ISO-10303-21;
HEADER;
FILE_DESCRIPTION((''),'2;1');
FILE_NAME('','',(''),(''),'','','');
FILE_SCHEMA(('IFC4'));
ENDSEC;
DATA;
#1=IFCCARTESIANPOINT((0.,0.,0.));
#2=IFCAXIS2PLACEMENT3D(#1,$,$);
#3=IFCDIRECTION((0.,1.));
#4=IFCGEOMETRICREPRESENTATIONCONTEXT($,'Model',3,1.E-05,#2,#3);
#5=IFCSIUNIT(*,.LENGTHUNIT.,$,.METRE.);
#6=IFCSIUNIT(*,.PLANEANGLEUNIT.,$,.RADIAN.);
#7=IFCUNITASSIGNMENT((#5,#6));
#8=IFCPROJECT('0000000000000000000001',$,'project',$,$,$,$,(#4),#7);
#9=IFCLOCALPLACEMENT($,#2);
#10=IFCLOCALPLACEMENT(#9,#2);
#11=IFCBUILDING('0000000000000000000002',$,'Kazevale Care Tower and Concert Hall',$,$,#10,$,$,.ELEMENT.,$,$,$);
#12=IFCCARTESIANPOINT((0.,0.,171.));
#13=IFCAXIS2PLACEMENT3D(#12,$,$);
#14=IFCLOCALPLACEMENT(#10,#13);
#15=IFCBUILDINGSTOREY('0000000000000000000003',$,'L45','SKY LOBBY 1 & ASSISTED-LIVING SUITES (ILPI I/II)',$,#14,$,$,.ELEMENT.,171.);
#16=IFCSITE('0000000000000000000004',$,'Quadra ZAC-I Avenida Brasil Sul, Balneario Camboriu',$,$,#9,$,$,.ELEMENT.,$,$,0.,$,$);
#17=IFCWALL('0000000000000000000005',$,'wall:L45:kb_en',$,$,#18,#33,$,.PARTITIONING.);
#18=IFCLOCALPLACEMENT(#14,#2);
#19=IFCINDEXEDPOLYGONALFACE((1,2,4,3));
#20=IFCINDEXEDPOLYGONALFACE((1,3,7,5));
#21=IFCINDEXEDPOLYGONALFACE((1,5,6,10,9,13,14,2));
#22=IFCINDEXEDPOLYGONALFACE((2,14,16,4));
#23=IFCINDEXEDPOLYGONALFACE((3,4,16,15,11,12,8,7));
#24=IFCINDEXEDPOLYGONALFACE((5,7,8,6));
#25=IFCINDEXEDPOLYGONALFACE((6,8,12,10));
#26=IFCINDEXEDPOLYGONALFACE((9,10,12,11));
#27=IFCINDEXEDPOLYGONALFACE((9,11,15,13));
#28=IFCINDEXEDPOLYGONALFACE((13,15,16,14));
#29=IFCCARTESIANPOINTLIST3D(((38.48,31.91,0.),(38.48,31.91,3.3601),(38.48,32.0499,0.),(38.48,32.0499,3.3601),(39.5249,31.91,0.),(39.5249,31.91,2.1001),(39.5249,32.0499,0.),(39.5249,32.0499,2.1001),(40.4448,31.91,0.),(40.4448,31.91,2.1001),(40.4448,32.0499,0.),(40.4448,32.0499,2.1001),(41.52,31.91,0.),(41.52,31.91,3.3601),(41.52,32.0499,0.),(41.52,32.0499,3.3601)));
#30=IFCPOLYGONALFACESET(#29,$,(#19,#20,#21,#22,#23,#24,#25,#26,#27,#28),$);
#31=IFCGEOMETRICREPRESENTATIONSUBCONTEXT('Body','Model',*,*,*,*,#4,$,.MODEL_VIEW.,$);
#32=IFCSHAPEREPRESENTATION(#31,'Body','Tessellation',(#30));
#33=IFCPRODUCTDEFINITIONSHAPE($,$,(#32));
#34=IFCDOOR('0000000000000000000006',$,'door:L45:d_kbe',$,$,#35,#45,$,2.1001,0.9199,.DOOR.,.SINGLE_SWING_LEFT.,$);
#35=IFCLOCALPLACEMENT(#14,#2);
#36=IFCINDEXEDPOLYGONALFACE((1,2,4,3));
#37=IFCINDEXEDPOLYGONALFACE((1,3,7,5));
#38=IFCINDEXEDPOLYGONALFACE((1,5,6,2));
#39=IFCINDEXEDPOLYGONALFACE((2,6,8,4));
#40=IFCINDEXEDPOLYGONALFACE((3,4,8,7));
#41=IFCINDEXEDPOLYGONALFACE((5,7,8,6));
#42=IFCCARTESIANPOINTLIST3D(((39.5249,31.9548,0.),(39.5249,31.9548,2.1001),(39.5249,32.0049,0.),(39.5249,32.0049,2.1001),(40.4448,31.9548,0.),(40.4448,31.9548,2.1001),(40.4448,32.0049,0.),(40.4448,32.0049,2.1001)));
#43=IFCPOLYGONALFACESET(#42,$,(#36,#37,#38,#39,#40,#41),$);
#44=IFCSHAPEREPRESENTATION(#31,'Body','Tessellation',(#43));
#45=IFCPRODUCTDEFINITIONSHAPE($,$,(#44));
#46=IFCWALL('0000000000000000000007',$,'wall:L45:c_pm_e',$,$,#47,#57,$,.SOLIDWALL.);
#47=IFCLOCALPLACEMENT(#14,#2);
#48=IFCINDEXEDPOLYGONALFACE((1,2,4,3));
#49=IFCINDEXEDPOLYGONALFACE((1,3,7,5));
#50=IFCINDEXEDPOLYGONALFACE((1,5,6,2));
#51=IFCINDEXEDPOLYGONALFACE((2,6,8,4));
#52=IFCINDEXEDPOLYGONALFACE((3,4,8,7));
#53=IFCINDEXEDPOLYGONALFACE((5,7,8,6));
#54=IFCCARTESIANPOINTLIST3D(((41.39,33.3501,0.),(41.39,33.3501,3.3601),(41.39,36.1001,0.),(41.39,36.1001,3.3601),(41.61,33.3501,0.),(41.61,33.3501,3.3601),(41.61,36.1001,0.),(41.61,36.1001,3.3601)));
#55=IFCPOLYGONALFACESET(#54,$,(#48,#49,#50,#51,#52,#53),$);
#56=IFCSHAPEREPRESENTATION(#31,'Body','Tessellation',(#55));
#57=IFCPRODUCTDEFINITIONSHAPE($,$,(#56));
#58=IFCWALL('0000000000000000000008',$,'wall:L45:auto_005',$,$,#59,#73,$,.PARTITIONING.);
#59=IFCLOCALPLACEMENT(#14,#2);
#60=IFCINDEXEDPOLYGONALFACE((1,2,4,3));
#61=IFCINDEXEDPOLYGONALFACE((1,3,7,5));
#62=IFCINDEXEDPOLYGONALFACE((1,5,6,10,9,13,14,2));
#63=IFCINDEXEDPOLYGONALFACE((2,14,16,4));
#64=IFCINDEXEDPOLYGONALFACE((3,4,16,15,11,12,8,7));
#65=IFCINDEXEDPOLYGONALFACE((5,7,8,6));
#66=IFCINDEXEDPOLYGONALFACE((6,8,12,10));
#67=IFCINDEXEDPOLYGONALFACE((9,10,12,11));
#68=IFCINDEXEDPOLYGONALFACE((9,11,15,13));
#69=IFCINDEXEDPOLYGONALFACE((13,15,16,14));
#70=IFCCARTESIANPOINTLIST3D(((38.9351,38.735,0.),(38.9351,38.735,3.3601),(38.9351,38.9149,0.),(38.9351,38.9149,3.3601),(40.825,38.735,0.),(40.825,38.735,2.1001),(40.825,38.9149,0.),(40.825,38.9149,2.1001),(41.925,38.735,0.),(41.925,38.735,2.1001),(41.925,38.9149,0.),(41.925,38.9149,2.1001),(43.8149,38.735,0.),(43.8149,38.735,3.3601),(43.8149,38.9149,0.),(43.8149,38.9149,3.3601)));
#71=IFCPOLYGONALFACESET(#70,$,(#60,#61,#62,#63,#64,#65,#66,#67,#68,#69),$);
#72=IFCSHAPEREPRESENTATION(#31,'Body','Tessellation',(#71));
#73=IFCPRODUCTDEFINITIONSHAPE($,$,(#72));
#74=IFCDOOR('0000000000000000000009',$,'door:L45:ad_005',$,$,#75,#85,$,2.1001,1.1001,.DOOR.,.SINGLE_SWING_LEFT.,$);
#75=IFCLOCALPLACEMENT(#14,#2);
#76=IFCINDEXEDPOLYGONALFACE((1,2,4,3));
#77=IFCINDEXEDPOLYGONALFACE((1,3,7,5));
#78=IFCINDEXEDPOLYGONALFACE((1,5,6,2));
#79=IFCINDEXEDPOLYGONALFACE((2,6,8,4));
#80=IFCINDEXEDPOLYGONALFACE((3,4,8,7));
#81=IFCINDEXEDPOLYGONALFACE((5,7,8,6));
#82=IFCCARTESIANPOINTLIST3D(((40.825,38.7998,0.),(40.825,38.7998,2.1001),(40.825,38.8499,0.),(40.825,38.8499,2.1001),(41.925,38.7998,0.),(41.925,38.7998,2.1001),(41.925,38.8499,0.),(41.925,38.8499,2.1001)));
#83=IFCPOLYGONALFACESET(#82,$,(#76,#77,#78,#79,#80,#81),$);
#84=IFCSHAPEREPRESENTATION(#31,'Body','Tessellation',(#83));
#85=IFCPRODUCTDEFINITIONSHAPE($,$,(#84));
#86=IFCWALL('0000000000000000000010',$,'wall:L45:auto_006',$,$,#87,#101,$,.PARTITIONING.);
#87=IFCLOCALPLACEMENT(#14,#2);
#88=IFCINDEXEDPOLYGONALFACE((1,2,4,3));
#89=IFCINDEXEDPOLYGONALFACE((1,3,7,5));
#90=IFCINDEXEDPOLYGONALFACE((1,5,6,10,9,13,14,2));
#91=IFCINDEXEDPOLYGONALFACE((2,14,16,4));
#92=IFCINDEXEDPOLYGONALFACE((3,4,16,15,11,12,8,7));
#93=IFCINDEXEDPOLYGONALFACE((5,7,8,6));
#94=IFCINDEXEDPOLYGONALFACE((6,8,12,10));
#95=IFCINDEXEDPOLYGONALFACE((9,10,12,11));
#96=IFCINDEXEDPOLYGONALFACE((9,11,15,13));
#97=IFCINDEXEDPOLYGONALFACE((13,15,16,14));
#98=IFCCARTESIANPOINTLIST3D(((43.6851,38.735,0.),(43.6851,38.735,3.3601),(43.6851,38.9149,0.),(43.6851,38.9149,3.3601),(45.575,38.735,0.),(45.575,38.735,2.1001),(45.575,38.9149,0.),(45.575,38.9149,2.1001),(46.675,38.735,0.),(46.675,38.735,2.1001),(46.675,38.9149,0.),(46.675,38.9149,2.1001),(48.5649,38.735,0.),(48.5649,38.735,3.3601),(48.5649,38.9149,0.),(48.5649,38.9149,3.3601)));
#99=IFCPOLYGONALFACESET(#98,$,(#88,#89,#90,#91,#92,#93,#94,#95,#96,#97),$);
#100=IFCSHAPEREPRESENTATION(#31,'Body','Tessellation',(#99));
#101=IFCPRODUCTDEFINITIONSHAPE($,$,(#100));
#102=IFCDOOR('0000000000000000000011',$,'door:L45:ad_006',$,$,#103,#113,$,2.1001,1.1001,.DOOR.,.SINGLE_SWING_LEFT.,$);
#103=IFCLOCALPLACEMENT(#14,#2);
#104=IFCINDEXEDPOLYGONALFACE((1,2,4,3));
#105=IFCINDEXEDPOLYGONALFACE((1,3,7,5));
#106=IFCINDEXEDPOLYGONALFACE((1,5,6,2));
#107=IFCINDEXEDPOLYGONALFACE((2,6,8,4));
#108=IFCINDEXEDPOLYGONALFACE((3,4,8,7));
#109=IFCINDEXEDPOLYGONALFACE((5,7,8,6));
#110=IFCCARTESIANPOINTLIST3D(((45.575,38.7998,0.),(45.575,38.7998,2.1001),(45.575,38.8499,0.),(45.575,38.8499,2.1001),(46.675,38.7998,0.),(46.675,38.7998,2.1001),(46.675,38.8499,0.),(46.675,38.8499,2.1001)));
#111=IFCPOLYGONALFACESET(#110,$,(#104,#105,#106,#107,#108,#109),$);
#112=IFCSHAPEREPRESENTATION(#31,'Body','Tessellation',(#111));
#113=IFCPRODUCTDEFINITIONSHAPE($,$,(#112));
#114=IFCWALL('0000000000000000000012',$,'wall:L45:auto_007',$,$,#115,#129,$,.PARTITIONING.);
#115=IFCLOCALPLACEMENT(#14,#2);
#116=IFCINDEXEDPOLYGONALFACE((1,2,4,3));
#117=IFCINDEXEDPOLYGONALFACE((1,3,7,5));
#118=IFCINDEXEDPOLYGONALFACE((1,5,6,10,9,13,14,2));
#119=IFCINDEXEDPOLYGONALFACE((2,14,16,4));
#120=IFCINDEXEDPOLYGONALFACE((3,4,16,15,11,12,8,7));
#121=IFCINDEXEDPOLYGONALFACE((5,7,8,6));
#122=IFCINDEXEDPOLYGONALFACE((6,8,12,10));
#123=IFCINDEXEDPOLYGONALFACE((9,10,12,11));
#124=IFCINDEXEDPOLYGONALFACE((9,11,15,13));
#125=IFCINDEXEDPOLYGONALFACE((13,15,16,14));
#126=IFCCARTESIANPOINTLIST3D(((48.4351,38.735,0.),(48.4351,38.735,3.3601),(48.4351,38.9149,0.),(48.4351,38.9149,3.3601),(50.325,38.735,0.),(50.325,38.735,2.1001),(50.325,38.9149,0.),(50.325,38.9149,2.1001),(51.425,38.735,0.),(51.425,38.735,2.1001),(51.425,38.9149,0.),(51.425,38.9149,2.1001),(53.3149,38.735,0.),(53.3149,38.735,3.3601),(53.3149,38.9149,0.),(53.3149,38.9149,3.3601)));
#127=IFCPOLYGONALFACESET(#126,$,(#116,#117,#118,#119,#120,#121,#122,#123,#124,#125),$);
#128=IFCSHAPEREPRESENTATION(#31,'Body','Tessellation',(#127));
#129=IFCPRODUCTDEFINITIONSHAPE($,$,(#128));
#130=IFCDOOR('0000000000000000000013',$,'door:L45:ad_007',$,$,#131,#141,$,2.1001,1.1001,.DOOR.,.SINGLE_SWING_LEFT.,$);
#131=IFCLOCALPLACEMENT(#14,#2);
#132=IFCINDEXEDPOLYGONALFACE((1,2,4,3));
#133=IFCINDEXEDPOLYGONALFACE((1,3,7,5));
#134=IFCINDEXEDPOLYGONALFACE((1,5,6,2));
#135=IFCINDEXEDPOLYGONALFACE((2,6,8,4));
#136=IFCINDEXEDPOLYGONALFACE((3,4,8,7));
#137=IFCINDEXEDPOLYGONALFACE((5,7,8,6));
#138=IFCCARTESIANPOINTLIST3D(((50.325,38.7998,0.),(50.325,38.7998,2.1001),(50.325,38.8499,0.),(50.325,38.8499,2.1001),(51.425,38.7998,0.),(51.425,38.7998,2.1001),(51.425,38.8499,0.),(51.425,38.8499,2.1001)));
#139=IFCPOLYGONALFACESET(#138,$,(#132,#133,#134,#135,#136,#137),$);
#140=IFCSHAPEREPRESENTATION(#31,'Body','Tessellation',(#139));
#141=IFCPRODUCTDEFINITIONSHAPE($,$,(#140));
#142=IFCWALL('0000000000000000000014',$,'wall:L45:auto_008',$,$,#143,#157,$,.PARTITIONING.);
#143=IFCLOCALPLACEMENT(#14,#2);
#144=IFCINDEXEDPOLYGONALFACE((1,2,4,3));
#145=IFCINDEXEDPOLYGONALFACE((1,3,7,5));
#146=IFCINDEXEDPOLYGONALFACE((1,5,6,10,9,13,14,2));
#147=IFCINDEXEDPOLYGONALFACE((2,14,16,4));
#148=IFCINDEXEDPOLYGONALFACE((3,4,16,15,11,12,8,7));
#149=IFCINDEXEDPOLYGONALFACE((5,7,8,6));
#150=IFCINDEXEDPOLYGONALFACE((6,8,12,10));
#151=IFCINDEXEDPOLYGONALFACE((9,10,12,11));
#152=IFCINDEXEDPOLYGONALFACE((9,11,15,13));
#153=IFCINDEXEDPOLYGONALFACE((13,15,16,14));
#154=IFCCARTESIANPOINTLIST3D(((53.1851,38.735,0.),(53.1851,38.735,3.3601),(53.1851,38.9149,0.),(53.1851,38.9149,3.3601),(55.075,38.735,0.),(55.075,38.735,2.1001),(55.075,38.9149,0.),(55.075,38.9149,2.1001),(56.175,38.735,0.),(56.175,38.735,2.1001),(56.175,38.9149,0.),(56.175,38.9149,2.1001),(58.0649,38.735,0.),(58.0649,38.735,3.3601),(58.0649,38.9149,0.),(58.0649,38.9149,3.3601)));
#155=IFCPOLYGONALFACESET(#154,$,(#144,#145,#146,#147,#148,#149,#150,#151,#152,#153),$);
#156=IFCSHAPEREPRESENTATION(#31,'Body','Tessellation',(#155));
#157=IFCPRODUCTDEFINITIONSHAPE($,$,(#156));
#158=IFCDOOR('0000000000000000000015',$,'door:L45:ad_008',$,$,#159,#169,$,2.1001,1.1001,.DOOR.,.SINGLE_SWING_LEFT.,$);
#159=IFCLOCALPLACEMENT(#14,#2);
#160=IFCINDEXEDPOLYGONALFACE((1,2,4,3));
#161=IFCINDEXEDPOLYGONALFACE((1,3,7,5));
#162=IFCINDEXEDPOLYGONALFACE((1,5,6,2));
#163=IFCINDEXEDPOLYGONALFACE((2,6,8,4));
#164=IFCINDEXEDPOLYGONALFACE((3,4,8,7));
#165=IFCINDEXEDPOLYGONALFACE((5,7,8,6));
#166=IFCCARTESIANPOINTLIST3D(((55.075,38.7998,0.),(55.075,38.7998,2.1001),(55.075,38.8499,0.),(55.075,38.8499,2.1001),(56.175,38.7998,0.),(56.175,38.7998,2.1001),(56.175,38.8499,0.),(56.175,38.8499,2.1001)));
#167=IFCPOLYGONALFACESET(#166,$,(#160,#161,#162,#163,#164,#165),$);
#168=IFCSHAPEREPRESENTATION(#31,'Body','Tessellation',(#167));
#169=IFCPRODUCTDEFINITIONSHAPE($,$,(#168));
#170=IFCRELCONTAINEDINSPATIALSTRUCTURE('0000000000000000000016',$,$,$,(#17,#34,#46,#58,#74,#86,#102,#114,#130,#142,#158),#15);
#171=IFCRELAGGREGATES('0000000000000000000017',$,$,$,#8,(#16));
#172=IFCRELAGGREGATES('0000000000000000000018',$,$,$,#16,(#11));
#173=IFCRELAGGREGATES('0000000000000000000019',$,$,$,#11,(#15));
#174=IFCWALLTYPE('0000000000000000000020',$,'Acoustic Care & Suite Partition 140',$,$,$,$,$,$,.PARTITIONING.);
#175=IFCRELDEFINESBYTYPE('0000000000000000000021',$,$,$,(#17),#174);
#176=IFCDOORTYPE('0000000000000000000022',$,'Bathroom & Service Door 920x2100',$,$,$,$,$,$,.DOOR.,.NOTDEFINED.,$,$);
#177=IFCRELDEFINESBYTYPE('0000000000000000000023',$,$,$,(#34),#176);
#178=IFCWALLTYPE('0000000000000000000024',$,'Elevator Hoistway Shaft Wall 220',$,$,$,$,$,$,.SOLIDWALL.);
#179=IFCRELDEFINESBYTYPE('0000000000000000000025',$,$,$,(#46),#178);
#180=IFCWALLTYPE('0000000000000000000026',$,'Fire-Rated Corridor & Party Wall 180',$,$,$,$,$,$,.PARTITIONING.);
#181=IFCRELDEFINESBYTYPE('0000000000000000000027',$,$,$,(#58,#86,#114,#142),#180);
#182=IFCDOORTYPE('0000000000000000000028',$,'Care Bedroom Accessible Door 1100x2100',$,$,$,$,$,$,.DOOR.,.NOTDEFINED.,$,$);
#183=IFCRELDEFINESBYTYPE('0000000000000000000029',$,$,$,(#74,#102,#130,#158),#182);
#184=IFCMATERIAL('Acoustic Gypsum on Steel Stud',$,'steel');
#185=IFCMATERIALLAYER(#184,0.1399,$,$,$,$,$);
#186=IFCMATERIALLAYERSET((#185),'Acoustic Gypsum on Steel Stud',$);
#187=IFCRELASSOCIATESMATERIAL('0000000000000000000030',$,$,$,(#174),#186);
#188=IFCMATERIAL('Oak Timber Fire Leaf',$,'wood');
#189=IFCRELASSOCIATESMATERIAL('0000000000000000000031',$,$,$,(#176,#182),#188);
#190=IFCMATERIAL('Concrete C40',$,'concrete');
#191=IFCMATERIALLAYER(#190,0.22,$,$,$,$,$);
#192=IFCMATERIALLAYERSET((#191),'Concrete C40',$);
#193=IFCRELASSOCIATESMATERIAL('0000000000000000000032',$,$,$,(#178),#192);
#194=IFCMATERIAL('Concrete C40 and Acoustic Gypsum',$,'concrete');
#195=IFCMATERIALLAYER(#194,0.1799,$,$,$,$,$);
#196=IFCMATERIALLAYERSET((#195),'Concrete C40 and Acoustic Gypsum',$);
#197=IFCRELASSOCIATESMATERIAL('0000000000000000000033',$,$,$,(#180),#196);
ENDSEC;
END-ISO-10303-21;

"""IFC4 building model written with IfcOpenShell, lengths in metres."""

from ifc_helpers import new_model, si_unit, direction, frame, frame_2d, origin, place, context, subcontext, project, spatial, rectangle, extrude, material, layer, layer_set, type_object, element, fill, save


model = new_model("IFC4")

# Units and contexts
model_context = context("Model", 3, precision=1e-05, world=origin(), true_north=direction((0.0, 1.0)))
body_context = subcontext(model_context, "Body", "Model", "MODEL_VIEW")
ifc_project = project(units=[si_unit("LENGTHUNIT", "METRE"), si_unit("PLANEANGLEUNIT", "RADIAN")], contexts=[model_context])

# Site, building, storey
site_placement = place(None, origin())
site = spatial("IfcSite", under=ifc_project, at=site_placement, Name="Quadra ZAC-I Avenida Brasil Sul, Balneario Camboriu", CompositionType="ELEMENT", RefElevation=0.0)
building_placement = place(site_placement, origin())
building = spatial("IfcBuilding", under=site, at=building_placement, Name="Kazevale Care Tower and Concert Hall", CompositionType="ELEMENT")
storey_placement = place(building_placement, frame((0.0, 0.0, 171.0)))
storey = spatial("IfcBuildingStorey", under=building, at=storey_placement, Name="L45", Description="SKY LOBBY 1 & ASSISTED-LIVING SUITES (ILPI I/II)", CompositionType="ELEMENT", Elevation=171.0)

# Shared definitions
ifc_material_1 = material(Name="Acoustic Gypsum on Steel Stud", Category="steel")
ifc_layer_1 = layer(ifc_material_1, 0.1399)
ifc_layer_set_1 = layer_set([ifc_layer_1], Name="Acoustic Gypsum on Steel Stud")
wall_type_1 = type_object("IfcWallType", Name="Acoustic Care & Suite Partition 140", PredefinedType="PARTITIONING", material=ifc_layer_set_1)

# Wall, opening, door
wall_1_placement = place(storey_placement, frame((38.48, 31.98, 0.0), z_axis=(0.0, 0.0, 1.0), x_axis=(1.0, 0.0, 0.0)))
wall_1 = element("IfcWall", 1, at=wall_1_placement, inside=storey, type_object=wall_type_1, Name="wall:L45:kb_en", PredefinedType="PARTITIONING", context=body_context, shape_type="SweptSolid", body=[
    extrude(rectangle(XDim=3.04, YDim=0.1399, at=frame_2d((1.52, 0.0))), origin(), (0.0, 0.0, 1.0), 3.3601),
])
opening_1_placement = place(wall_1_placement, frame((1.0449, 0.0, 0.0)))
opening_1 = element("IfcOpeningElement", 2, at=opening_1_placement, cuts=wall_1, PredefinedType="OPENING", context=body_context, shape_type="SweptSolid", body=[
    extrude(rectangle(XDim=0.9199, YDim=2.1001, at=frame_2d((0.46, 1.05))), frame((0.0, 0.0798, 0.0), z_axis=(0.0, -1.0, 0.0), x_axis=(1.0, 0.0, 0.0)), (0.0, 0.0, 1.0), 0.1599),
])
ifc_material_2 = material(Name="Oak Timber Fire Leaf", Category="wood")
door_type_1 = type_object("IfcDoorType", Name="Bathroom & Service Door 920x2100", OperationType="NOTDEFINED", PredefinedType="DOOR", material=ifc_material_2)
door_1_placement = place(opening_1_placement, origin())
door_1 = element("IfcDoor", 3, at=door_1_placement, inside=storey, type_object=door_type_1, Name="door:L45:d_kbe", OperationType="SINGLE_SWING_LEFT", OverallHeight=2.1001, OverallWidth=0.9199, PredefinedType="DOOR", context=body_context, shape_type="SweptSolid", body=[
    extrude(rectangle(XDim=0.9199, YDim=2.1001, at=frame_2d((0.46, 1.05))), frame((0.0, 0.0249, 0.0), z_axis=(0.0, -1.0, 0.0), x_axis=(1.0, 0.0, 0.0)), (0.0, 0.0, 1.0), 0.05),
])
fill(opening_1, door_1)

# Wall
ifc_material_3 = material(Name="Concrete C40", Category="concrete")
ifc_layer_2 = layer(ifc_material_3, 0.22)
ifc_layer_set_2 = layer_set([ifc_layer_2], Name="Concrete C40")
wall_type_2 = type_object("IfcWallType", Name="Elevator Hoistway Shaft Wall 220", PredefinedType="SOLIDWALL", material=ifc_layer_set_2)
wall_2_placement = place(storey_placement, frame((41.5, 33.3501, 0.0), z_axis=(0.0, 0.0, 1.0), x_axis=(0.0, 1.0, 0.0)))
element("IfcWall", 4, at=wall_2_placement, inside=storey, type_object=wall_type_2, Name="wall:L45:c_pm_e", PredefinedType="SOLIDWALL", context=body_context, shape_type="SweptSolid", body=[
    extrude(rectangle(XDim=2.75, YDim=0.22, at=frame_2d((1.375, 0.0))), origin(), (0.0, 0.0, 1.0), 3.3601),
])

# Walls, openings, doors
ifc_material_4 = material(Name="Concrete C40 and Acoustic Gypsum", Category="concrete")
ifc_layer_3 = layer(ifc_material_4, 0.1799)
ifc_layer_set_3 = layer_set([ifc_layer_3], Name="Concrete C40 and Acoustic Gypsum")
wall_type_3 = type_object("IfcWallType", Name="Fire-Rated Corridor & Party Wall 180", PredefinedType="PARTITIONING", material=ifc_layer_set_3)
wall_3_placement = place(storey_placement, frame((38.9351, 38.825, 0.0), z_axis=(0.0, 0.0, 1.0), x_axis=(1.0, 0.0, 0.0)))
wall_3 = element("IfcWall", 5, at=wall_3_placement, inside=storey, type_object=wall_type_3, Name="wall:L45:auto_005", PredefinedType="PARTITIONING", context=body_context, shape_type="SweptSolid", body=[
    extrude(rectangle(XDim=4.8799, YDim=0.1799, at=frame_2d((2.4399, 0.0))), origin(), (0.0, 0.0, 1.0), 3.3601),
])
opening_2_placement = place(wall_3_placement, frame((1.8899, 0.0, 0.0)))
opening_2 = element("IfcOpeningElement", 6, at=opening_2_placement, cuts=wall_3, PredefinedType="OPENING", context=body_context, shape_type="SweptSolid", body=[
    extrude(rectangle(XDim=1.1001, YDim=2.1001, at=frame_2d((0.55, 1.05))), frame((0.0, 0.0999, 0.0), z_axis=(0.0, -1.0, 0.0), x_axis=(1.0, 0.0, 0.0)), (0.0, 0.0, 1.0), 0.2),
])
door_type_2 = type_object("IfcDoorType", Name="Care Bedroom Accessible Door 1100x2100", OperationType="NOTDEFINED", PredefinedType="DOOR", material=ifc_material_2)
door_2_placement = place(opening_2_placement, origin())
door_2 = element("IfcDoor", 7, at=door_2_placement, inside=storey, type_object=door_type_2, Name="door:L45:ad_005", OperationType="SINGLE_SWING_LEFT", OverallHeight=2.1001, OverallWidth=1.1001, PredefinedType="DOOR", context=body_context, shape_type="SweptSolid", body=[
    extrude(rectangle(XDim=1.1001, YDim=2.1001, at=frame_2d((0.55, 1.05))), frame((0.0, 0.0249, 0.0), z_axis=(0.0, -1.0, 0.0), x_axis=(1.0, 0.0, 0.0)), (0.0, 0.0, 1.0), 0.05),
])
fill(opening_2, door_2)
wall_4_placement = place(storey_placement, frame((43.6851, 38.825, 0.0), z_axis=(0.0, 0.0, 1.0), x_axis=(1.0, 0.0, 0.0)))
wall_4 = element("IfcWall", 8, at=wall_4_placement, inside=storey, type_object=wall_type_3, Name="wall:L45:auto_006", PredefinedType="PARTITIONING", context=body_context, shape_type="SweptSolid", body=[
    extrude(rectangle(XDim=4.8799, YDim=0.1799, at=frame_2d((2.4399, 0.0))), origin(), (0.0, 0.0, 1.0), 3.3601),
])
opening_3_placement = place(wall_4_placement, frame((1.8899, 0.0, 0.0)))
opening_3 = element("IfcOpeningElement", 9, at=opening_3_placement, cuts=wall_4, PredefinedType="OPENING", context=body_context, shape_type="SweptSolid", body=[
    extrude(rectangle(XDim=1.1001, YDim=2.1001, at=frame_2d((0.55, 1.05))), frame((0.0, 0.0999, 0.0), z_axis=(0.0, -1.0, 0.0), x_axis=(1.0, 0.0, 0.0)), (0.0, 0.0, 1.0), 0.2),
])
door_3_placement = place(opening_3_placement, origin())
door_3 = element("IfcDoor", 10, at=door_3_placement, inside=storey, type_object=door_type_2, Name="door:L45:ad_006", OperationType="SINGLE_SWING_LEFT", OverallHeight=2.1001, OverallWidth=1.1001, PredefinedType="DOOR", context=body_context, shape_type="SweptSolid", body=[
    extrude(rectangle(XDim=1.1001, YDim=2.1001, at=frame_2d((0.55, 1.05))), frame((0.0, 0.0249, 0.0), z_axis=(0.0, -1.0, 0.0), x_axis=(1.0, 0.0, 0.0)), (0.0, 0.0, 1.0), 0.05),
])
fill(opening_3, door_3)
wall_5_placement = place(storey_placement, frame((48.4351, 38.825, 0.0), z_axis=(0.0, 0.0, 1.0), x_axis=(1.0, 0.0, 0.0)))
wall_5 = element("IfcWall", 11, at=wall_5_placement, inside=storey, type_object=wall_type_3, Name="wall:L45:auto_007", PredefinedType="PARTITIONING", context=body_context, shape_type="SweptSolid", body=[
    extrude(rectangle(XDim=4.8799, YDim=0.1799, at=frame_2d((2.4399, 0.0))), origin(), (0.0, 0.0, 1.0), 3.3601),
])
opening_4_placement = place(wall_5_placement, frame((1.8899, 0.0, 0.0)))
opening_4 = element("IfcOpeningElement", 12, at=opening_4_placement, cuts=wall_5, PredefinedType="OPENING", context=body_context, shape_type="SweptSolid", body=[
    extrude(rectangle(XDim=1.1001, YDim=2.1001, at=frame_2d((0.55, 1.05))), frame((0.0, 0.0999, 0.0), z_axis=(0.0, -1.0, 0.0), x_axis=(1.0, 0.0, 0.0)), (0.0, 0.0, 1.0), 0.2),
])
door_4_placement = place(opening_4_placement, origin())
door_4 = element("IfcDoor", 13, at=door_4_placement, inside=storey, type_object=door_type_2, Name="door:L45:ad_007", OperationType="SINGLE_SWING_LEFT", OverallHeight=2.1001, OverallWidth=1.1001, PredefinedType="DOOR", context=body_context, shape_type="SweptSolid", body=[
    extrude(rectangle(XDim=1.1001, YDim=2.1001, at=frame_2d((0.55, 1.05))), frame((0.0, 0.0249, 0.0), z_axis=(0.0, -1.0, 0.0), x_axis=(1.0, 0.0, 0.0)), (0.0, 0.0, 1.0), 0.05),
])
fill(opening_4, door_4)
wall_6_placement = place(storey_placement, frame((53.1851, 38.825, 0.0), z_axis=(0.0, 0.0, 1.0), x_axis=(1.0, 0.0, 0.0)))
wall_6 = element("IfcWall", 14, at=wall_6_placement, inside=storey, type_object=wall_type_3, Name="wall:L45:auto_008", PredefinedType="PARTITIONING", context=body_context, shape_type="SweptSolid", body=[
    extrude(rectangle(XDim=4.8799, YDim=0.1799, at=frame_2d((2.4399, 0.0))), origin(), (0.0, 0.0, 1.0), 3.3601),
])
opening_5_placement = place(wall_6_placement, frame((1.8899, 0.0, 0.0)))
opening_5 = element("IfcOpeningElement", 15, at=opening_5_placement, cuts=wall_6, PredefinedType="OPENING", context=body_context, shape_type="SweptSolid", body=[
    extrude(rectangle(XDim=1.1001, YDim=2.1001, at=frame_2d((0.55, 1.05))), frame((0.0, 0.0999, 0.0), z_axis=(0.0, -1.0, 0.0), x_axis=(1.0, 0.0, 0.0)), (0.0, 0.0, 1.0), 0.2),
])
door_5_placement = place(opening_5_placement, origin())
door_5 = element("IfcDoor", 16, at=door_5_placement, inside=storey, type_object=door_type_2, Name="door:L45:ad_008", OperationType="SINGLE_SWING_LEFT", OverallHeight=2.1001, OverallWidth=1.1001, PredefinedType="DOOR", context=body_context, shape_type="SweptSolid", body=[
    extrude(rectangle(XDim=1.1001, YDim=2.1001, at=frame_2d((0.55, 1.05))), frame((0.0, 0.0249, 0.0), z_axis=(0.0, -1.0, 0.0), x_axis=(1.0, 0.0, 0.0)), (0.0, 0.0, 1.0), 0.05),
])
fill(opening_5, door_5)

save(model, "model.ifc")
